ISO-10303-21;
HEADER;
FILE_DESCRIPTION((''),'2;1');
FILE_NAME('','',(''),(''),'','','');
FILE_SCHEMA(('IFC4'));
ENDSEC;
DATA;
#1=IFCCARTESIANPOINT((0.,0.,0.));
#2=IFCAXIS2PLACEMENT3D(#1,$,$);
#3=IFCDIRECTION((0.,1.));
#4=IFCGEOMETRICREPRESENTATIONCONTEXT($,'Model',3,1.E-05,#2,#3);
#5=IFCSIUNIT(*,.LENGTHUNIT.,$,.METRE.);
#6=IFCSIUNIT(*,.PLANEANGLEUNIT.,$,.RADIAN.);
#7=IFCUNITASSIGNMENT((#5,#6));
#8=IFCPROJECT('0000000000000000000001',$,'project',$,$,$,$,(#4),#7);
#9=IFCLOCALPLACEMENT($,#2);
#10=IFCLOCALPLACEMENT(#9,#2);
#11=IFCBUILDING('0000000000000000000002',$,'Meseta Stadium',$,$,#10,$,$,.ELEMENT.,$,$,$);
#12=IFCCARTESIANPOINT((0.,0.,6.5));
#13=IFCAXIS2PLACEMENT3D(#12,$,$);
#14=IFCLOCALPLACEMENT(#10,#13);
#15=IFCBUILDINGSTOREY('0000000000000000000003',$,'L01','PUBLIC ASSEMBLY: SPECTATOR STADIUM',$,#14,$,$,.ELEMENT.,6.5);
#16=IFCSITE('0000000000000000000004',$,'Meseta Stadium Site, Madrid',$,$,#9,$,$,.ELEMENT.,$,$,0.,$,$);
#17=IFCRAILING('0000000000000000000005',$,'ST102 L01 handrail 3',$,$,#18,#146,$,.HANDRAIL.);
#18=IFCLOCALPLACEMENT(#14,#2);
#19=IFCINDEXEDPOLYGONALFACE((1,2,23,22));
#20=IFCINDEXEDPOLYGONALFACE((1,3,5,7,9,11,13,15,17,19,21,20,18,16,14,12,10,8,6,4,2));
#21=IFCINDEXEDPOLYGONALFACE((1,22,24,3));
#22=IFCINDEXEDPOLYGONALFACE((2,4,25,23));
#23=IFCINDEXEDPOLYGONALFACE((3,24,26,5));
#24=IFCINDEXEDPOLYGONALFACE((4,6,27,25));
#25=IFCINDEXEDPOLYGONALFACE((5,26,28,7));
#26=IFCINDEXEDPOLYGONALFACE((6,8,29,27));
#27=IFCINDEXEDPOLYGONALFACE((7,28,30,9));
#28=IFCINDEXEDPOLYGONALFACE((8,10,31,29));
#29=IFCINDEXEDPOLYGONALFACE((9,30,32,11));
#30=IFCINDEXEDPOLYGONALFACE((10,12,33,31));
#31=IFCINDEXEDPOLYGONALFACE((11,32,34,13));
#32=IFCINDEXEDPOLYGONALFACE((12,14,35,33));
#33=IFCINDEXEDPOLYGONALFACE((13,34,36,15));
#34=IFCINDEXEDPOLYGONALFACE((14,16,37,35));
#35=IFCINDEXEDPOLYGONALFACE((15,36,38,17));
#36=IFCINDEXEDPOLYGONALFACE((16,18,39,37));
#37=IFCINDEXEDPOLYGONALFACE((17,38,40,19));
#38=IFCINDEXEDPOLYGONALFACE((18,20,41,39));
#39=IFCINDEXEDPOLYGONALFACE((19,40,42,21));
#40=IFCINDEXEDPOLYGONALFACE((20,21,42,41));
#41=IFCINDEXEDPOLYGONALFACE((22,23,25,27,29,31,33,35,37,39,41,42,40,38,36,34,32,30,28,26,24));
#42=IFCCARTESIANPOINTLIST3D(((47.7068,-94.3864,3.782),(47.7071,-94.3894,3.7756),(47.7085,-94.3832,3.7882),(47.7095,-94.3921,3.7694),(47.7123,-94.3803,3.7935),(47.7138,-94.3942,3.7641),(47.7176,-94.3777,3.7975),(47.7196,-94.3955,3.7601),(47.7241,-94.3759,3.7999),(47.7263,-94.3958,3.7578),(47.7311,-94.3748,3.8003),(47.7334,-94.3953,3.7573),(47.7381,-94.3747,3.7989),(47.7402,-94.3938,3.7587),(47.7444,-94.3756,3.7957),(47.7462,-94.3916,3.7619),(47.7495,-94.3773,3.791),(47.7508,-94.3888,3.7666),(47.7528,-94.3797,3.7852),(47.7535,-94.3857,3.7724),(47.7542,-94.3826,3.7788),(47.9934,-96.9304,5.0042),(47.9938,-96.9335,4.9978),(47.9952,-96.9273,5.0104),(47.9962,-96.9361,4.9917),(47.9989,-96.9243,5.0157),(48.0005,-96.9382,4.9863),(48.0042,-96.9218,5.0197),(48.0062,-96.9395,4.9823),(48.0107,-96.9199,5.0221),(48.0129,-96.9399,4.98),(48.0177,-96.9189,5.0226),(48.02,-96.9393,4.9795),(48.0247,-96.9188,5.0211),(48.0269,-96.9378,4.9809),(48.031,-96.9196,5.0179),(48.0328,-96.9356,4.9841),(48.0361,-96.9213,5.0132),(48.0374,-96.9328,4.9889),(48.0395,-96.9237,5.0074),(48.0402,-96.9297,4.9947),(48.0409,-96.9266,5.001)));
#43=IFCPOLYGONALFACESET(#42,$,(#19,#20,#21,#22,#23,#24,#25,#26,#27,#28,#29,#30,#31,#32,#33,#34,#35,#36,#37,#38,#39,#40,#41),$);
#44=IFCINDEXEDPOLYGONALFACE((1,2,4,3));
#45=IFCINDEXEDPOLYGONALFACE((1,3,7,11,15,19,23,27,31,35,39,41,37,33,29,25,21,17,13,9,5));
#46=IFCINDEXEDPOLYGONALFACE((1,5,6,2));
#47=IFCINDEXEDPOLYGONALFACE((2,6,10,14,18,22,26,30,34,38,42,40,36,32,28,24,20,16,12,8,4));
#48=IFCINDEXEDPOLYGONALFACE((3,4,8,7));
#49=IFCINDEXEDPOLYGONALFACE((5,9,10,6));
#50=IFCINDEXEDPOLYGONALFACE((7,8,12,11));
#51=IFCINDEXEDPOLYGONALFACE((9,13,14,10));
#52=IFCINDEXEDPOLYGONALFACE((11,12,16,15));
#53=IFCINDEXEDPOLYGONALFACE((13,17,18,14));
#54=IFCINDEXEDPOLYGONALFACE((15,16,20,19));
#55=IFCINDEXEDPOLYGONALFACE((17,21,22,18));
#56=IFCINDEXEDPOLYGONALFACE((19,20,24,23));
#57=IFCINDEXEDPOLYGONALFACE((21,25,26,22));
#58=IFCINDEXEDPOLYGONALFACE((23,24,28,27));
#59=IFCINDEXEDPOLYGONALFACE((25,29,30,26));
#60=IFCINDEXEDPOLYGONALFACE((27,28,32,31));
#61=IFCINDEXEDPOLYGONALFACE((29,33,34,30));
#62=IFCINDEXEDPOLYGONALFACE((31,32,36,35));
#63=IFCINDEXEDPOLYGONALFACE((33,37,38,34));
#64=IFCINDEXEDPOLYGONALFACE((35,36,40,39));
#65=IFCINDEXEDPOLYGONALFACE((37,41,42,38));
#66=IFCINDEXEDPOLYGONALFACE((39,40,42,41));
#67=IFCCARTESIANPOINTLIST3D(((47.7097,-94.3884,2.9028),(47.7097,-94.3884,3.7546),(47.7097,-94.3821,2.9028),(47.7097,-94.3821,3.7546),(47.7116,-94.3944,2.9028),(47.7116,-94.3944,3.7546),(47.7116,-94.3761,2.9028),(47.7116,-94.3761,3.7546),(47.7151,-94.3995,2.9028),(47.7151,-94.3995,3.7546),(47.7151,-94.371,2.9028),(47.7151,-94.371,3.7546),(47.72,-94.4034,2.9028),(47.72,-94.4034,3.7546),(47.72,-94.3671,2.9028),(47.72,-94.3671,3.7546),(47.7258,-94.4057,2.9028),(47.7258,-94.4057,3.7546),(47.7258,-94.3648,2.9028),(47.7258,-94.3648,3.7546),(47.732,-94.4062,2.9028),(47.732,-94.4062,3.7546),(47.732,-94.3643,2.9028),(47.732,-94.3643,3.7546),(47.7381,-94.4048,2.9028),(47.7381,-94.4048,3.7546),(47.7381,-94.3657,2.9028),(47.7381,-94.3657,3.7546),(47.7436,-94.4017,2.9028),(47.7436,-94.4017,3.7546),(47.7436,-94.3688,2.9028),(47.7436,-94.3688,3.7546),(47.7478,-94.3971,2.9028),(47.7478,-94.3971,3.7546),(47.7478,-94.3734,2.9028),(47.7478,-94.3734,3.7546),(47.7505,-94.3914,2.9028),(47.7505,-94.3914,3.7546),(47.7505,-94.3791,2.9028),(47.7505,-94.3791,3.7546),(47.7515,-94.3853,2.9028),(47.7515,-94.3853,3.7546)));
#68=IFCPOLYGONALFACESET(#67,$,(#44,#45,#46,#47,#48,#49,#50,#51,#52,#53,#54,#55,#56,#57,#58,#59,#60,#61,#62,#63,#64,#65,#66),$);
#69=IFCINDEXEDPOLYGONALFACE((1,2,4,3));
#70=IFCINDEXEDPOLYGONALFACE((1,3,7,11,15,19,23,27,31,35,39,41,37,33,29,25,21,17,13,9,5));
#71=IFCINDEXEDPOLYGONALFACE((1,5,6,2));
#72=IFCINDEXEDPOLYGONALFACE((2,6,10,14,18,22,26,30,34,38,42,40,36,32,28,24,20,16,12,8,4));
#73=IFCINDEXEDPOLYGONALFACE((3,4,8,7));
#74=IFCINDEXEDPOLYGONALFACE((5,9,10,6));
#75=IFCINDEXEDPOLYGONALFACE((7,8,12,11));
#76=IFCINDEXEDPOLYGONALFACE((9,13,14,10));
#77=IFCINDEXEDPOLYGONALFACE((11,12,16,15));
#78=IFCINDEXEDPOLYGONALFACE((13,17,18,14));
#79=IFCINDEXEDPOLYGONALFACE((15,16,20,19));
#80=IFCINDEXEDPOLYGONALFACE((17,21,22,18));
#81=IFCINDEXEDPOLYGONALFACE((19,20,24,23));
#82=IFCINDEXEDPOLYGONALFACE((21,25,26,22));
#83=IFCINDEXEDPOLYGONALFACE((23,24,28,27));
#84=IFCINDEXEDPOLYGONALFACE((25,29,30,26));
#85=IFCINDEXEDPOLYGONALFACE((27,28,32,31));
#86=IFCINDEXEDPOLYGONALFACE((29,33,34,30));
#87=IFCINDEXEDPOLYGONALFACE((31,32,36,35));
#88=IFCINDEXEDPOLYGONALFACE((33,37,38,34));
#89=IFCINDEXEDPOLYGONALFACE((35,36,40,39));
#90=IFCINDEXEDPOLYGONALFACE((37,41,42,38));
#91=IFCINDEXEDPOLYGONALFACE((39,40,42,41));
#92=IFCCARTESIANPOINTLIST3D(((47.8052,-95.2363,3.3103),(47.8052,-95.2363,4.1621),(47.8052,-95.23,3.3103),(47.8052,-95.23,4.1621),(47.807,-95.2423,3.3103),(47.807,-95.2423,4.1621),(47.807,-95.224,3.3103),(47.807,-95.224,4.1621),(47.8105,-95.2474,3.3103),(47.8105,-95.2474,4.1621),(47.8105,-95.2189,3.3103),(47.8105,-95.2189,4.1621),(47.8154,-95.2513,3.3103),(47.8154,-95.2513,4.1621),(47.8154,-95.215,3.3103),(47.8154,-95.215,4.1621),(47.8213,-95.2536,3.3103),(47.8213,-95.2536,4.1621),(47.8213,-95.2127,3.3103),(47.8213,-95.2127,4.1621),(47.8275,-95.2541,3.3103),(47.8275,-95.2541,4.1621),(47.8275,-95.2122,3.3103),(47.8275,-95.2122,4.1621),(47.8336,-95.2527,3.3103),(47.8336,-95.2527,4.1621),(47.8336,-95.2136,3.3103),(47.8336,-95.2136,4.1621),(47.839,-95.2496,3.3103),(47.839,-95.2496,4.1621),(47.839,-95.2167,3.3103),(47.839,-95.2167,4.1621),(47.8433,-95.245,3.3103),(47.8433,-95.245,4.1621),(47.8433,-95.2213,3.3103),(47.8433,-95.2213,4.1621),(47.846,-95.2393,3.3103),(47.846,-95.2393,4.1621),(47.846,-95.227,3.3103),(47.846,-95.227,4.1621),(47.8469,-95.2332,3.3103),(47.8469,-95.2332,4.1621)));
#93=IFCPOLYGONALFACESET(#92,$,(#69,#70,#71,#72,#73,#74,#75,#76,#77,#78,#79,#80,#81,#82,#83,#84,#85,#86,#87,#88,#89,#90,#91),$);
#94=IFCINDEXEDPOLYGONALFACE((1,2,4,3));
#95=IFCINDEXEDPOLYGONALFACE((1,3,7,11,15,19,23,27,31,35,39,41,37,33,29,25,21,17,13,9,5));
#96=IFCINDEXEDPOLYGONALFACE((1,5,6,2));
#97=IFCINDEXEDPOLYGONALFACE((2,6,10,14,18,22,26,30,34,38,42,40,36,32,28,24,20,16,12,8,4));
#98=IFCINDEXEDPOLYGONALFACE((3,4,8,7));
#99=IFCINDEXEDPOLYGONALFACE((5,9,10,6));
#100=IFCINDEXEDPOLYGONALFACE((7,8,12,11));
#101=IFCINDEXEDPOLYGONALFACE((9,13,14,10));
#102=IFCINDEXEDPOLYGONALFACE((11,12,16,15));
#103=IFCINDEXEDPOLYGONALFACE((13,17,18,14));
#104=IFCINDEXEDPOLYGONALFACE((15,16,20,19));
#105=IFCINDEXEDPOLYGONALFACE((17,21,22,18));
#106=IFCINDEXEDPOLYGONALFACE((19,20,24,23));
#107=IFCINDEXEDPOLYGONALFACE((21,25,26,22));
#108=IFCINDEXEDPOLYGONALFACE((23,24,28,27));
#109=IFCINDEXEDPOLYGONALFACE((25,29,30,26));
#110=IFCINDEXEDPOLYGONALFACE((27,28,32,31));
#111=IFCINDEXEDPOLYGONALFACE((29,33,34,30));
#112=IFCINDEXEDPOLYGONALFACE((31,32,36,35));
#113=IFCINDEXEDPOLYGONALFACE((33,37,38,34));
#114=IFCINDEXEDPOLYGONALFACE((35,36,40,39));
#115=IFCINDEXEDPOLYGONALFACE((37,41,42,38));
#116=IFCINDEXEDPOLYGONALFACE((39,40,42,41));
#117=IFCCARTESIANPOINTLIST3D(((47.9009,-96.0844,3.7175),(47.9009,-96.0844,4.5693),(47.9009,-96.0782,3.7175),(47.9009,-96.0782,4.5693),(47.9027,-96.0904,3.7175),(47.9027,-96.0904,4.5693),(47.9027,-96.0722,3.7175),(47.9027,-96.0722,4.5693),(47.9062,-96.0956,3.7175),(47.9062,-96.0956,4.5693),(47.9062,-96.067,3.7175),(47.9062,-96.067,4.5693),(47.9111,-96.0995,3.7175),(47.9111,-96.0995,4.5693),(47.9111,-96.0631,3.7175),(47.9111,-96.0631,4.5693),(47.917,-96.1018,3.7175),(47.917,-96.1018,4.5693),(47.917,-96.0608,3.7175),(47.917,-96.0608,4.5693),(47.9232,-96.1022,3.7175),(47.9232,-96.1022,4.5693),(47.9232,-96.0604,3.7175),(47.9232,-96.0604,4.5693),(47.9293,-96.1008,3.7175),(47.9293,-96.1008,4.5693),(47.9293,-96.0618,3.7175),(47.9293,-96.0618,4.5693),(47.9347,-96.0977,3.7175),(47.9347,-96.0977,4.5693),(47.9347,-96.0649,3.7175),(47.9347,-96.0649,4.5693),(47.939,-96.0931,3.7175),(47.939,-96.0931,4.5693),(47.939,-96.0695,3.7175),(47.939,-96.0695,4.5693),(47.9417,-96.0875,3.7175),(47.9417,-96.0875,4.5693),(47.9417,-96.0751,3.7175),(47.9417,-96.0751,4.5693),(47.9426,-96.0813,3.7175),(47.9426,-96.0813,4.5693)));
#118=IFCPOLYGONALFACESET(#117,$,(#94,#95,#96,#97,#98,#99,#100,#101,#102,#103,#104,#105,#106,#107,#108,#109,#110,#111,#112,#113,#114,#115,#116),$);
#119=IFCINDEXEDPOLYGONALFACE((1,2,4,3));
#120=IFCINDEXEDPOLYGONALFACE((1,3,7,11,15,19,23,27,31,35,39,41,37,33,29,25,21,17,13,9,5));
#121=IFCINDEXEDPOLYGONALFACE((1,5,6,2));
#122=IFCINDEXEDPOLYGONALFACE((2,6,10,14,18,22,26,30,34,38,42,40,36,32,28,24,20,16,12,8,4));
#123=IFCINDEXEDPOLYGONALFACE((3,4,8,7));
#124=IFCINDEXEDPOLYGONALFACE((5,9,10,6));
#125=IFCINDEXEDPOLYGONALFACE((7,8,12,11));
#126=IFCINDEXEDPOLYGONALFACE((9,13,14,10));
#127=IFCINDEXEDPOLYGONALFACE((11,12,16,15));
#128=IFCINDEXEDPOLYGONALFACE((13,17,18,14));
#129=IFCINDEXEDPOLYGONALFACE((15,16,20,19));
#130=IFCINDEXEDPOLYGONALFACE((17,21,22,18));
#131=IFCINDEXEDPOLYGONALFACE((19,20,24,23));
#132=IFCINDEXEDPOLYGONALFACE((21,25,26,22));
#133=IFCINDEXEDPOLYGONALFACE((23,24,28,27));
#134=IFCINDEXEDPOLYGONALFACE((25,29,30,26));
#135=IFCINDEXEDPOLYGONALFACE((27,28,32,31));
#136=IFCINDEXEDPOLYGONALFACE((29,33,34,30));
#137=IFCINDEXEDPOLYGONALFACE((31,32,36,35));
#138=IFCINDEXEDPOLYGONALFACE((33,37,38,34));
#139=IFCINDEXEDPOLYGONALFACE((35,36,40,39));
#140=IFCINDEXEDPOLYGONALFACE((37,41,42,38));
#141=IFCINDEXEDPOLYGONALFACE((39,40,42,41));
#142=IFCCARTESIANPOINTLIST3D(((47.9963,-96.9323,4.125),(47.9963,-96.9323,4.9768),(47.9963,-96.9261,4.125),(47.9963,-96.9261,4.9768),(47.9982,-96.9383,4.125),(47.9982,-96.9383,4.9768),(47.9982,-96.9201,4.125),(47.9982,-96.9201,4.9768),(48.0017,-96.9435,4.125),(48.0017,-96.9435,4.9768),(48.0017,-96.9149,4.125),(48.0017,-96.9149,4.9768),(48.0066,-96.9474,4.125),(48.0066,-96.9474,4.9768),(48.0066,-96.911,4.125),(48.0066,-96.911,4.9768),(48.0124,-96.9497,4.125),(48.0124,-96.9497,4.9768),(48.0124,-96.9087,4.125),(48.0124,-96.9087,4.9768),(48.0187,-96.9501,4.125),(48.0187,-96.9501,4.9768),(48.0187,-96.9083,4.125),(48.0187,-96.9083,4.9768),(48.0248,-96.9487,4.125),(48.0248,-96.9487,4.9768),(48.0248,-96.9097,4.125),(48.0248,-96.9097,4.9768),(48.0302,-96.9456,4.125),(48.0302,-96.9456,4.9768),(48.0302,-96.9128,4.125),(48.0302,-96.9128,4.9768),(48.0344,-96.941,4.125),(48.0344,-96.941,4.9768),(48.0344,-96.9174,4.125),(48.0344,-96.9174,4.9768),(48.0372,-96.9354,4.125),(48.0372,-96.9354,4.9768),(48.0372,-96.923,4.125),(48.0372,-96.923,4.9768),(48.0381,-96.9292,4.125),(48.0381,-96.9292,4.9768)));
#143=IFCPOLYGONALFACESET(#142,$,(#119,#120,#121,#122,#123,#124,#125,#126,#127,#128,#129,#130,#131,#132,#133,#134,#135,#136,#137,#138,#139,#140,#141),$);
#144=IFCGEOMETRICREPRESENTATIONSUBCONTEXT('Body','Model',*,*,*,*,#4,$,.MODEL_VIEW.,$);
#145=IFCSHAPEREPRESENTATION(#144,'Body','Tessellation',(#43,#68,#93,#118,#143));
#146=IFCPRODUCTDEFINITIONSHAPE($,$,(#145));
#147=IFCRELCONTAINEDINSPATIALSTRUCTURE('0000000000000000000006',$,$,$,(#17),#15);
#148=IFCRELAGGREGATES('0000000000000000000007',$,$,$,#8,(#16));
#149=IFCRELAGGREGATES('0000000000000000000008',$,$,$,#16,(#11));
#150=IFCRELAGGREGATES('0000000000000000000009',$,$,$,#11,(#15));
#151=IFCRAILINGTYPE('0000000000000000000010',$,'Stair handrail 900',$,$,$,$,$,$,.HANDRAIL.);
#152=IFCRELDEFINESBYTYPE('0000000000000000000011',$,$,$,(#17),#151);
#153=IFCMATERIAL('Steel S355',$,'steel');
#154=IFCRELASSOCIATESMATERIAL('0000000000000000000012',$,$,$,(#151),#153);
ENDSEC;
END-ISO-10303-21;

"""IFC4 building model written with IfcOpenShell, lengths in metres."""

from ifc_helpers import new_model, si_unit, direction, frame, origin, origin_2d, place, context, subcontext, project, spatial, circle, extrude, material, type_object, element, save


model = new_model("IFC4")

# Units and contexts
model_context = context("Model", 3, precision=1e-05, world=origin(), true_north=direction((0.0, 1.0)))
body_context = subcontext(model_context, "Body", "Model", "MODEL_VIEW")
ifc_project = project(units=[si_unit("LENGTHUNIT", "METRE"), si_unit("PLANEANGLEUNIT", "RADIAN")], contexts=[model_context])

# Site, building, storey
site_placement = place(None, origin())
site = spatial("IfcSite", under=ifc_project, at=site_placement, Name="Meseta Stadium Site, Madrid", CompositionType="ELEMENT", RefElevation=0.0)
building_placement = place(site_placement, origin())
building = spatial("IfcBuilding", under=site, at=building_placement, Name="Meseta Stadium", CompositionType="ELEMENT")
storey_placement = place(building_placement, frame((0.0, 0.0, 6.5)))
storey = spatial("IfcBuildingStorey", under=building, at=storey_placement, Name="L01", Description="PUBLIC ASSEMBLY: SPECTATOR STADIUM", CompositionType="ELEMENT", Elevation=6.5)

# Railing
ifc_material_1 = material(Name="Steel S355", Category="steel")
railing_type_1 = type_object("IfcRailingType", Name="Stair handrail 900", PredefinedType="HANDRAIL", material=ifc_material_1)
for number, where, name in (
    (1, (47.7305, -94.3853, 2.9028), "ST102 L01 handrail 3"),
):
    element("IfcRailing", number, at=place(storey_placement, frame(where)), inside=storey, type_object=railing_type_1, Name=name, PredefinedType="HANDRAIL", context=body_context, shape_type="SweptSolid", body=[
        extrude(circle(Radius=0.0239, at=origin_2d()), frame((0.0, 0.0, 0.876), z_axis=(0.101036, -0.896762, 0.430824), x_axis=(0.993713, 0.11196, 0.0)), (0.0, 0.0, 1.0), 2.8369),
        extrude(circle(Radius=0.021, at=origin_2d()), origin(), (0.0, 0.0, 1.0), 0.8518),
        extrude(circle(Radius=0.021, at=origin_2d()), frame((0.0955, -0.8479, 0.4075)), (0.0, 0.0, 1.0), 0.8518),
        extrude(circle(Radius=0.021, at=origin_2d()), frame((0.1912, -1.696, 0.8147)), (0.0, 0.0, 1.0), 0.8518),
        extrude(circle(Radius=0.021, at=origin_2d()), frame((0.2866, -2.5439, 1.2222)), (0.0, 0.0, 1.0), 0.8518),
    ])

save(model, "model.ifc")
